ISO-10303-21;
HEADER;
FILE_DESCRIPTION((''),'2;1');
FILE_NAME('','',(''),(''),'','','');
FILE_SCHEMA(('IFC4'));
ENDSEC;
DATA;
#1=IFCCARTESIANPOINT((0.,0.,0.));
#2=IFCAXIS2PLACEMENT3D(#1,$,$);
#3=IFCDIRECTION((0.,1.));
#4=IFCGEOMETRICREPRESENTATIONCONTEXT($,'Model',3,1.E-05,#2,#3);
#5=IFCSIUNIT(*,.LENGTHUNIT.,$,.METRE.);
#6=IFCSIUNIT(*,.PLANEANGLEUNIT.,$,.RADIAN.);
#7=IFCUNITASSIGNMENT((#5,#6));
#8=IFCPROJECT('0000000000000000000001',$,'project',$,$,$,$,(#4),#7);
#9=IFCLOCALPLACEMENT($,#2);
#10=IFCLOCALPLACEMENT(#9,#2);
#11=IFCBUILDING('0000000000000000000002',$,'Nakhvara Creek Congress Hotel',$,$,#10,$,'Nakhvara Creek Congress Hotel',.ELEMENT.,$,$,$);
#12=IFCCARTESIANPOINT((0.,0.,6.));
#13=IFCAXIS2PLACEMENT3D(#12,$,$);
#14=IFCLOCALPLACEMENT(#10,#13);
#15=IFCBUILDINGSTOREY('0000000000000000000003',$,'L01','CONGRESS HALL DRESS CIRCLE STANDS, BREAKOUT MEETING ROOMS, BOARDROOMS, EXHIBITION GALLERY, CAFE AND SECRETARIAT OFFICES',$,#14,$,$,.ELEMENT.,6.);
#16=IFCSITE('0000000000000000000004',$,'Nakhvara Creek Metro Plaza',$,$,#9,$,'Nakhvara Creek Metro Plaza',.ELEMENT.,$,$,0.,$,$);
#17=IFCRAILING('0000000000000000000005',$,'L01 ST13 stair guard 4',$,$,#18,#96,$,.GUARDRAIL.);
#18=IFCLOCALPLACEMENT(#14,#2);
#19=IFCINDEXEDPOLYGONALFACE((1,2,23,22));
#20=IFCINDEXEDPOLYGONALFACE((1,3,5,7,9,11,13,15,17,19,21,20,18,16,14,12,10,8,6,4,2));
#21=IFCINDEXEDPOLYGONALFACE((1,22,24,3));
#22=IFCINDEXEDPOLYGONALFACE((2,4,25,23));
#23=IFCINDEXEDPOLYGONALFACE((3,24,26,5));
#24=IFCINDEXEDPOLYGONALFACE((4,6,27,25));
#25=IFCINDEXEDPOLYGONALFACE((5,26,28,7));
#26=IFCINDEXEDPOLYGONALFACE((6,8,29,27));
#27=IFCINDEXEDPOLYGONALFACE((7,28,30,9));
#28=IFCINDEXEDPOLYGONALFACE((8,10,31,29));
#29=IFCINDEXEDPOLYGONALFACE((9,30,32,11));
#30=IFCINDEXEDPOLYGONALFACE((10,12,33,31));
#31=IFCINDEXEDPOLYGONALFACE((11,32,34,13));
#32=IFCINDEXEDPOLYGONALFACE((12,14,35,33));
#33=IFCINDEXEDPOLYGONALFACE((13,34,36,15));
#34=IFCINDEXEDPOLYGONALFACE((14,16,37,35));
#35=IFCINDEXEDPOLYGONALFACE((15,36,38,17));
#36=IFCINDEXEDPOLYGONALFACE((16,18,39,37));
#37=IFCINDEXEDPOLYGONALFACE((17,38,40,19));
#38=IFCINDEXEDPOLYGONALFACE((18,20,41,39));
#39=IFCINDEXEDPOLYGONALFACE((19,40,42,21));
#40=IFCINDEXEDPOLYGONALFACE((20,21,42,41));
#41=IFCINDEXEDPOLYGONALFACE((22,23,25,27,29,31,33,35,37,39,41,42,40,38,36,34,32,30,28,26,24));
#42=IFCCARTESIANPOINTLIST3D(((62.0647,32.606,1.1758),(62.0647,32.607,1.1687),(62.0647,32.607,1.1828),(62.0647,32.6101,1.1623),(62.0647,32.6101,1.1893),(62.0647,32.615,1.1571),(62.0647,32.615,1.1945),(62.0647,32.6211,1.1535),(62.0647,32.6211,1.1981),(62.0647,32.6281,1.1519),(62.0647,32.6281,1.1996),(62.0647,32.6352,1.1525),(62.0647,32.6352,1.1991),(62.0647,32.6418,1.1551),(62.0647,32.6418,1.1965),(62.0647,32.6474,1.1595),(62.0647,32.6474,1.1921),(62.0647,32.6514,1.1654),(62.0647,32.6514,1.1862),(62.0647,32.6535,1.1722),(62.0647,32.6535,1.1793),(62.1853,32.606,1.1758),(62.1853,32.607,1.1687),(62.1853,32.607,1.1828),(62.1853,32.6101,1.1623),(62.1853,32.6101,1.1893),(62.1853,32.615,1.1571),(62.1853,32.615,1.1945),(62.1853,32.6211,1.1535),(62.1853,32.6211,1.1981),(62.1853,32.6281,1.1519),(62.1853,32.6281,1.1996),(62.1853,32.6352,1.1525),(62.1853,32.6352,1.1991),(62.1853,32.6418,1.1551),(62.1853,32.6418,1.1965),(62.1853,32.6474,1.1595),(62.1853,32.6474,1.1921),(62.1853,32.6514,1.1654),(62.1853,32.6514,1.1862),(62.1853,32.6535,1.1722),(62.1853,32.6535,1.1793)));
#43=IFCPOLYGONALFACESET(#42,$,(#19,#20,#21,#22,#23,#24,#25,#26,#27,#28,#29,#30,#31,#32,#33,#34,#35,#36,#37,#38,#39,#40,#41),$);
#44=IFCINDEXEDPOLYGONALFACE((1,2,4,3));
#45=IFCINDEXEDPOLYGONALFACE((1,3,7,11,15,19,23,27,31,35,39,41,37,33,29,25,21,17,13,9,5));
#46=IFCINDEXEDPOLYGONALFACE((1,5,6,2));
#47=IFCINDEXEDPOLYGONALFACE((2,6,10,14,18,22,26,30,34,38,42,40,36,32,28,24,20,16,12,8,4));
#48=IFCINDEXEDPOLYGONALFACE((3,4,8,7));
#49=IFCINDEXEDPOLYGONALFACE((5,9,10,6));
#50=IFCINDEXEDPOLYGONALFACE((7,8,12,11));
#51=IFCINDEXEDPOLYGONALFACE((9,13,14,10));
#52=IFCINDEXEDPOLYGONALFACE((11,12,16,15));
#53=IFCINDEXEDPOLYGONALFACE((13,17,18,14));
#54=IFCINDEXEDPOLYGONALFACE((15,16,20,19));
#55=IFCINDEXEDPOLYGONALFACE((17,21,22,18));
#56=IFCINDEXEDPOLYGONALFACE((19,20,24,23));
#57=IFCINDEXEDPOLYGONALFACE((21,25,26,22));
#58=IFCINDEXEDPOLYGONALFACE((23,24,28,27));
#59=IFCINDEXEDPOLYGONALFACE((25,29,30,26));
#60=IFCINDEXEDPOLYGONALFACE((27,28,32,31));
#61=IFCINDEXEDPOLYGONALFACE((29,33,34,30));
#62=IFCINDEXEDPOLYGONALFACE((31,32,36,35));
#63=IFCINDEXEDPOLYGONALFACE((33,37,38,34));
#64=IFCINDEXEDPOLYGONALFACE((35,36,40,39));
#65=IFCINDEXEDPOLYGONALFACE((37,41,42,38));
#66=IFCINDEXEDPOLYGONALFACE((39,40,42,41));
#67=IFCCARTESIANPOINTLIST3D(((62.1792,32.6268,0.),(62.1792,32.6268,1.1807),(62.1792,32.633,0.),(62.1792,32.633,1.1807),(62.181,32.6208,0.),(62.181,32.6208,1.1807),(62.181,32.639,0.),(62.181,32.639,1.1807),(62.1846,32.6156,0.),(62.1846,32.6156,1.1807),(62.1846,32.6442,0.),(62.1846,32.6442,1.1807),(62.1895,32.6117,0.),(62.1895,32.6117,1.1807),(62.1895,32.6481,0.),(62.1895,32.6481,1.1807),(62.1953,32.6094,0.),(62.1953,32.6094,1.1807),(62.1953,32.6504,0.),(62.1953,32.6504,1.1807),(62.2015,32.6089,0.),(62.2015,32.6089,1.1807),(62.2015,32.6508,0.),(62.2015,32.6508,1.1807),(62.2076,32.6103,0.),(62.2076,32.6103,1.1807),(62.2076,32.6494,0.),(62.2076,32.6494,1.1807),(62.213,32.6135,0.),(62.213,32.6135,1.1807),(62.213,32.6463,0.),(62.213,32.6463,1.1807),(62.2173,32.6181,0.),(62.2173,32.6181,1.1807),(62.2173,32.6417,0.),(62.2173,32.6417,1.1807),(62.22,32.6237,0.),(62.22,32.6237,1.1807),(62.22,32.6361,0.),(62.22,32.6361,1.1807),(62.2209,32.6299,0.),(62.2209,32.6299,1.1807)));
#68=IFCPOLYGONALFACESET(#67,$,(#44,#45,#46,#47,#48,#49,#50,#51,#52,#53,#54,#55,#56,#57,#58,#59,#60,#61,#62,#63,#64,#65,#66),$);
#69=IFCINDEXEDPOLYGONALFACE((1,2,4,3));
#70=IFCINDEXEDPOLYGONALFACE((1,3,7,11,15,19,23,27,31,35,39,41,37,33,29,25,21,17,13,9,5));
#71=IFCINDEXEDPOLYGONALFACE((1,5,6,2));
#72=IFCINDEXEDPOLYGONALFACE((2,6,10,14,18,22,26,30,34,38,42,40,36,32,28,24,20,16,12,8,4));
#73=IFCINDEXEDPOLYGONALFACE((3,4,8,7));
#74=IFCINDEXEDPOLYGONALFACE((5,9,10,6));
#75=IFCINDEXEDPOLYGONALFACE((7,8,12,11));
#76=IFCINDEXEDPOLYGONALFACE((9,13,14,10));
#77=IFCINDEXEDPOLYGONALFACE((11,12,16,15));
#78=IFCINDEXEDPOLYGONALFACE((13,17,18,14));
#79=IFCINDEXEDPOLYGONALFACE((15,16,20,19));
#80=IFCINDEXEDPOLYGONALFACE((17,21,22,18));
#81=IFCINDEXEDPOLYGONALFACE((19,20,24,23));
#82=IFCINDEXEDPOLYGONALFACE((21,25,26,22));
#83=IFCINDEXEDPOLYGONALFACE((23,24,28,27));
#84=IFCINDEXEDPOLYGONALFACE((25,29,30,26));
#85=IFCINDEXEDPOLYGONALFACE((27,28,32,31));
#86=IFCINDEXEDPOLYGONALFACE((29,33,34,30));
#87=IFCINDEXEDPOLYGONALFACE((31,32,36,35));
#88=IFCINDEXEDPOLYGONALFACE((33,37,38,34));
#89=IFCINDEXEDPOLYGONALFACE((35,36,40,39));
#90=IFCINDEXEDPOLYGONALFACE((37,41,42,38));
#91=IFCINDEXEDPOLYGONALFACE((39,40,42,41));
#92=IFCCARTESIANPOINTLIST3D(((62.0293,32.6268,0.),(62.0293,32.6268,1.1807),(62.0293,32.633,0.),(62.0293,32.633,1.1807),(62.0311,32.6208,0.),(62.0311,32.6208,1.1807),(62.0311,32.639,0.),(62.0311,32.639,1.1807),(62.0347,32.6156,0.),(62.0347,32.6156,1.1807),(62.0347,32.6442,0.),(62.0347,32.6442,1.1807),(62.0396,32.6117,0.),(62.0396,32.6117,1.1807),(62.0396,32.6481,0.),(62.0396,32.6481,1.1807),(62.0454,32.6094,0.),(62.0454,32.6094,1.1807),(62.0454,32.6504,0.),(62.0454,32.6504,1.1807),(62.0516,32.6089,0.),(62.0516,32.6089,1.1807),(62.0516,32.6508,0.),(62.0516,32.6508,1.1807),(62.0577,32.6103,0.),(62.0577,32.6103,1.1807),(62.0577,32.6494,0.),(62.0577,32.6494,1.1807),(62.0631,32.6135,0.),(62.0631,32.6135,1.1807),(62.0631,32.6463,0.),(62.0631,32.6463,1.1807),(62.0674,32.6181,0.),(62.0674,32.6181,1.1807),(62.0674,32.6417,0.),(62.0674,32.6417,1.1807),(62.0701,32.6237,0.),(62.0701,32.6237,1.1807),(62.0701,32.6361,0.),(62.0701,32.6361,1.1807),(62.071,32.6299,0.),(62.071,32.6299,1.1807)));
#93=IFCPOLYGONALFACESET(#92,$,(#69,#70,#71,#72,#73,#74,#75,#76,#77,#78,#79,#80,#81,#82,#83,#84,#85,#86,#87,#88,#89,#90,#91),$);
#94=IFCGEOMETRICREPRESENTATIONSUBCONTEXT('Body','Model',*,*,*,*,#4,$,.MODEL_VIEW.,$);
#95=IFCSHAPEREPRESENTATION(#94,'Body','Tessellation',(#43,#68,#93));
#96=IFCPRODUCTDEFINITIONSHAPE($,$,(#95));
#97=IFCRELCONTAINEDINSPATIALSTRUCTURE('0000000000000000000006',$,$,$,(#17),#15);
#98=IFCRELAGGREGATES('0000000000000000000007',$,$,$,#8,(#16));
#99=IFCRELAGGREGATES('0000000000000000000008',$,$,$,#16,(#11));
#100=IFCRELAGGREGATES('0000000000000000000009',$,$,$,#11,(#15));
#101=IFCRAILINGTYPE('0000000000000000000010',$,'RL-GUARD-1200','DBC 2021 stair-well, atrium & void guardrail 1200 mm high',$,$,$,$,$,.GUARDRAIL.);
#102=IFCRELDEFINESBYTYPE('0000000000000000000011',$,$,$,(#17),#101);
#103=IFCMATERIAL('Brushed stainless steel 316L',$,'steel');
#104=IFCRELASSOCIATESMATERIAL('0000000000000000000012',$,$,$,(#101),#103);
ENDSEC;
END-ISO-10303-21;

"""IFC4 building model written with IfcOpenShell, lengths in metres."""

from ifc_helpers import new_model, si_unit, direction, frame, origin, origin_2d, place, context, subcontext, project, spatial, circle, extrude, material, type_object, element, save


model = new_model("IFC4")

# Units and contexts
model_context = context("Model", 3, precision=1e-05, world=origin(), true_north=direction((0.0, 1.0)))
body_context = subcontext(model_context, "Body", "Model", "MODEL_VIEW")
ifc_project = project(units=[si_unit("LENGTHUNIT", "METRE"), si_unit("PLANEANGLEUNIT", "RADIAN")], contexts=[model_context])

# Site, building, storey
site_placement = place(None, origin())
site = spatial("IfcSite", under=ifc_project, at=site_placement, Name="Nakhvara Creek Metro Plaza", LongName="Nakhvara Creek Metro Plaza", CompositionType="ELEMENT", RefElevation=0.0)
building_placement = place(site_placement, origin())
building = spatial("IfcBuilding", under=site, at=building_placement, Name="Nakhvara Creek Congress Hotel", LongName="Nakhvara Creek Congress Hotel", CompositionType="ELEMENT")
storey_placement = place(building_placement, frame((0.0, 0.0, 6.0)))
storey = spatial("IfcBuildingStorey", under=building, at=storey_placement, Name="L01", Description="CONGRESS HALL DRESS CIRCLE STANDS, BREAKOUT MEETING ROOMS, BOARDROOMS, EXHIBITION GALLERY, CAFE AND SECRETARIAT OFFICES", CompositionType="ELEMENT", Elevation=6.0)

# Railing
ifc_material_1 = material(Name="Brushed stainless steel 316L", Category="steel")
railing_type_1 = type_object("IfcRailingType", Name="RL-GUARD-1200", Description="DBC 2021 stair-well, atrium & void guardrail 1200 mm high", PredefinedType="GUARDRAIL", material=ifc_material_1)
railing_1_placement = place(storey_placement, frame((62.2, 32.6299, 0.0)))
element("IfcRailing", 1, at=railing_1_placement, inside=storey, type_object=railing_type_1, Name="L01 ST13 stair guard 4", PredefinedType="GUARDRAIL", context=body_context, shape_type="SweptSolid", body=[
    extrude(circle(Radius=0.0239, at=origin_2d()), frame((-0.0146, 0.0, 1.1758), z_axis=(-1.0, 0.0, 0.0), x_axis=(0.0, -1.0, 0.0)), (0.0, 0.0, 1.0), 0.1206),
    extrude(circle(Radius=0.021, at=origin_2d()), origin(), (0.0, 0.0, 1.0), 1.1807),
    extrude(circle(Radius=0.021, at=origin_2d()), frame((-0.1499, 0.0, 0.0)), (0.0, 0.0, 1.0), 1.1807),
])

save(model, "model.ifc")
